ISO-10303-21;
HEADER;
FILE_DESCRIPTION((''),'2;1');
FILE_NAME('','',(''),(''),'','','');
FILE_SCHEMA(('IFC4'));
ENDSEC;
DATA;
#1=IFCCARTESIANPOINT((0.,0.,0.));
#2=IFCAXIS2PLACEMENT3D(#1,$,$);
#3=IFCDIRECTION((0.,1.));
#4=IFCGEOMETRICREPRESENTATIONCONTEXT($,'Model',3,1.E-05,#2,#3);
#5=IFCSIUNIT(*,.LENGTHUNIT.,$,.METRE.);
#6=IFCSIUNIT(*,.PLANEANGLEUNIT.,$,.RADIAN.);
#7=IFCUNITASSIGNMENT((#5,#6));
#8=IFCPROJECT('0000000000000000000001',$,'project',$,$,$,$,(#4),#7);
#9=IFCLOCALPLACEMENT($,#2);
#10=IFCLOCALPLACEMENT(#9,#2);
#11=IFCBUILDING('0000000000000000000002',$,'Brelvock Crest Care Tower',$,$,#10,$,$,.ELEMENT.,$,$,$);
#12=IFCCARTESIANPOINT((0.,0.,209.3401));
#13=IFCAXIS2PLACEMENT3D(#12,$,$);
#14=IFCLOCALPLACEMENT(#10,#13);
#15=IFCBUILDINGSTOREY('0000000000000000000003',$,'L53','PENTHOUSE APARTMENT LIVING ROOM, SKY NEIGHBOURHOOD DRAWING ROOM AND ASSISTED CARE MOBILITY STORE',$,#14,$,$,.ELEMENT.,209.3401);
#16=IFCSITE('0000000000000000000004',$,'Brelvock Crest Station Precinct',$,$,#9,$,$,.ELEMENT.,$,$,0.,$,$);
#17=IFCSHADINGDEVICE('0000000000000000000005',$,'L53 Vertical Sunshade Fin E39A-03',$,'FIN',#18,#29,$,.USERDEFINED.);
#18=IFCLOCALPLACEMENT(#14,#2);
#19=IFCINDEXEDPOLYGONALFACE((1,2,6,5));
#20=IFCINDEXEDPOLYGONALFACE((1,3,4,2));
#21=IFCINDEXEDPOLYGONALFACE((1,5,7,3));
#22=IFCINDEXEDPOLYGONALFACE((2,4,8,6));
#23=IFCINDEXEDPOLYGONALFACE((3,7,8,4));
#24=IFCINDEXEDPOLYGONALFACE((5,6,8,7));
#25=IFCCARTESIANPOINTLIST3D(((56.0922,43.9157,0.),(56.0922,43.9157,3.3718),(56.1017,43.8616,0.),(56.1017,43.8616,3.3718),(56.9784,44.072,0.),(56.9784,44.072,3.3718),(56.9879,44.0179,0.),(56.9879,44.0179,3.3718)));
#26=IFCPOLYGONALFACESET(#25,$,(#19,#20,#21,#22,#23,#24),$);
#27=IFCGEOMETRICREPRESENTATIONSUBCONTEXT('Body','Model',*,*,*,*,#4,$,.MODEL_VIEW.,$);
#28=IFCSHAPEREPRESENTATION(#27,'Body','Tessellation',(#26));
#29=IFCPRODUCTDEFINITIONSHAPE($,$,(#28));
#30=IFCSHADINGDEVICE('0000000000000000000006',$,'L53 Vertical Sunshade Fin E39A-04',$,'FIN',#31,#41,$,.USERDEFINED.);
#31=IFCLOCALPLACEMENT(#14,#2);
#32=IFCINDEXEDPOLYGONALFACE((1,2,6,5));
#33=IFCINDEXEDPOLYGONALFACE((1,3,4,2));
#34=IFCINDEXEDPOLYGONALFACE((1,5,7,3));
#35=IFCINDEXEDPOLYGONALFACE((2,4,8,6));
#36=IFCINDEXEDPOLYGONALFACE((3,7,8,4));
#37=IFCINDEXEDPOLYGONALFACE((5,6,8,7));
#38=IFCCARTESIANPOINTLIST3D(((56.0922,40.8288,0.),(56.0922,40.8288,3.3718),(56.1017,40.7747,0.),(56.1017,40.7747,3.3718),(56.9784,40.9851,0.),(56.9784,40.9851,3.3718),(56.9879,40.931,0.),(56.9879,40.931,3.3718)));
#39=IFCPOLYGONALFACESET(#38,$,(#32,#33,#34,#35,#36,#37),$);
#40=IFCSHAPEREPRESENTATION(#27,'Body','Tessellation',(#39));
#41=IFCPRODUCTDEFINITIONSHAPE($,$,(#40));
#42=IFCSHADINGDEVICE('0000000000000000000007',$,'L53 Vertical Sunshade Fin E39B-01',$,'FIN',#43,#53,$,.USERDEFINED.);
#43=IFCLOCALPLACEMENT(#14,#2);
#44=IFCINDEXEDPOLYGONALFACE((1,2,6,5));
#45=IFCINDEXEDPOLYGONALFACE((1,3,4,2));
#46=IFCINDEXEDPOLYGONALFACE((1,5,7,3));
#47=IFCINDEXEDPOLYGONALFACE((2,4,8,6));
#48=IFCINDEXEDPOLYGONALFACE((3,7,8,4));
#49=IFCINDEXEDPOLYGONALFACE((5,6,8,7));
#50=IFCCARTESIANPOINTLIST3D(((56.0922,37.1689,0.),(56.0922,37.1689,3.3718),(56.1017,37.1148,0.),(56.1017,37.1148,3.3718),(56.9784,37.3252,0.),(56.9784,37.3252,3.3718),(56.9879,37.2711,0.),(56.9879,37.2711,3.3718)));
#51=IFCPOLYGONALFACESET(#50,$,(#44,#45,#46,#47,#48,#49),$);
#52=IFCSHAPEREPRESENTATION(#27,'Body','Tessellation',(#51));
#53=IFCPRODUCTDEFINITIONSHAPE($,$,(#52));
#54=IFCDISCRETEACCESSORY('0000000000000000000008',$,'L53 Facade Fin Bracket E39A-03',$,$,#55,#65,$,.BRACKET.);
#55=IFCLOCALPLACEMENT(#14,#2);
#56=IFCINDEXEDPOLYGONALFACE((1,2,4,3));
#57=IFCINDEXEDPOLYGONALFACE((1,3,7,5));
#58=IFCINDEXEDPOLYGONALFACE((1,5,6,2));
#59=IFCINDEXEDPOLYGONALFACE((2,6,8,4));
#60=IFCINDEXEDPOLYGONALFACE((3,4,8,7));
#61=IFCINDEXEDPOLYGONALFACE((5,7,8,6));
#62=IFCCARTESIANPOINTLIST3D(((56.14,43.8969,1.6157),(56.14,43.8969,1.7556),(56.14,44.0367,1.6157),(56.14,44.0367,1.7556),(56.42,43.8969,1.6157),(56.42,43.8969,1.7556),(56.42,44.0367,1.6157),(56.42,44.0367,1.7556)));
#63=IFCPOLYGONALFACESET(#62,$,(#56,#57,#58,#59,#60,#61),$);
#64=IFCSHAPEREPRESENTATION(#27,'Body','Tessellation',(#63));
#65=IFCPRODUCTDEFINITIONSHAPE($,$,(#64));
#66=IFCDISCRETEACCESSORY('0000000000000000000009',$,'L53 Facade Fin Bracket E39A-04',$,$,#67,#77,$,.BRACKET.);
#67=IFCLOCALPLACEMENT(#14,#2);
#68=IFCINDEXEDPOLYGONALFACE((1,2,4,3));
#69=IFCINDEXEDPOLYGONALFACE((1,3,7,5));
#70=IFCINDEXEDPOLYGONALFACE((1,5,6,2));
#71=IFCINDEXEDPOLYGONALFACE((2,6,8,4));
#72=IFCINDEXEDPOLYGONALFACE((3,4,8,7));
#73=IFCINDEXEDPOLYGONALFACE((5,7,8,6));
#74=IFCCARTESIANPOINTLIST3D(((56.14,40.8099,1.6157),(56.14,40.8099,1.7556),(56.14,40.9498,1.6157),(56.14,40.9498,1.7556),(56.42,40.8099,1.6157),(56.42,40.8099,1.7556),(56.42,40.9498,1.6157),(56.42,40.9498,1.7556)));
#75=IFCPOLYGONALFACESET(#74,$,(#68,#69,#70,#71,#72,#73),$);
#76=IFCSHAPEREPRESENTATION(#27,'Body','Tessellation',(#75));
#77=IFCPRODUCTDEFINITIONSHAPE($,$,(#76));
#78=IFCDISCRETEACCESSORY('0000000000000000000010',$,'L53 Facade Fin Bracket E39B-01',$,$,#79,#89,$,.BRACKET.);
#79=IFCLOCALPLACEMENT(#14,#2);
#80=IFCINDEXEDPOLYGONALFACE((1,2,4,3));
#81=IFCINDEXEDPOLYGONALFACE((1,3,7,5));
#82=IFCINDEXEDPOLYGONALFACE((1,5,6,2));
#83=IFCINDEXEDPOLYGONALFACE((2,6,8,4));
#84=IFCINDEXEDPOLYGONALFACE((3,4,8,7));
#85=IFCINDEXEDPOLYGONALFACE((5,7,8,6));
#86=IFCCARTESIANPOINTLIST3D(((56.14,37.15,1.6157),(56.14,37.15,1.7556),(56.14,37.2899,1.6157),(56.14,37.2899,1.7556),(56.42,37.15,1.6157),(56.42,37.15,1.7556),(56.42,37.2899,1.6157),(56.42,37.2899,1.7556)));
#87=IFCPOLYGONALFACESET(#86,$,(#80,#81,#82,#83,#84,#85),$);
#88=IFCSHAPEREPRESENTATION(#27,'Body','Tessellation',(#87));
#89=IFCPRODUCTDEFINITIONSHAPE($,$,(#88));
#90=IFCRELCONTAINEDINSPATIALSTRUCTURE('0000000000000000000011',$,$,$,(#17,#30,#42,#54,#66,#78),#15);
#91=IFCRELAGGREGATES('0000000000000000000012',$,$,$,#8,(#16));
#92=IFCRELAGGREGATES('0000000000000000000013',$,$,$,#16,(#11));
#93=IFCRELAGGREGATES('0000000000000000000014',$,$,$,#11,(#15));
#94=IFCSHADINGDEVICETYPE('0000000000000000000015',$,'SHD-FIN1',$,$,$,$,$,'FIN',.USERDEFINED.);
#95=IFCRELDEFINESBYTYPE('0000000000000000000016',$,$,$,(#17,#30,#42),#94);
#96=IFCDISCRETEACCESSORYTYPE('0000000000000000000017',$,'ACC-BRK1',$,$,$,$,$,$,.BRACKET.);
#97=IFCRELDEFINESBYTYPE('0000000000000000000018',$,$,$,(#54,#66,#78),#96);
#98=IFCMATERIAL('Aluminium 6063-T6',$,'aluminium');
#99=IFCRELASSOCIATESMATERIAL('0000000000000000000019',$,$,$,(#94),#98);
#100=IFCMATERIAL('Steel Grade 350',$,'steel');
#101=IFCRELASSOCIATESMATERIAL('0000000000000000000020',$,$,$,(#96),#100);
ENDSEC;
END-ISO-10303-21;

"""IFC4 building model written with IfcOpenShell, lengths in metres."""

from ifc_helpers import new_model, si_unit, direction, frame, origin, origin_2d, place, context, subcontext, project, spatial, rectangle, extrude, source, transform, mapped, material, material_profile, profile_set, type_object, element, save


model = new_model("IFC4")

# Units and contexts
model_context = context("Model", 3, precision=1e-05, world=origin(), true_north=direction((0.0, 1.0)))
body_context = subcontext(model_context, "Body", "Model", "MODEL_VIEW")
ifc_project = project(units=[si_unit("LENGTHUNIT", "METRE"), si_unit("PLANEANGLEUNIT", "RADIAN")], contexts=[model_context])

# Site, building, storey
site_placement = place(None, origin())
site = spatial("IfcSite", under=ifc_project, at=site_placement, Name="Brelvock Crest Station Precinct", CompositionType="ELEMENT", RefElevation=0.0)
building_placement = place(site_placement, origin())
building = spatial("IfcBuilding", under=site, at=building_placement, Name="Brelvock Crest Care Tower", CompositionType="ELEMENT")
storey_placement = place(building_placement, frame((0.0, 0.0, 209.3401)))
storey = spatial("IfcBuildingStorey", under=building, at=storey_placement, Name="L53", Description="PENTHOUSE APARTMENT LIVING ROOM, SKY NEIGHBOURHOOD DRAWING ROOM AND ASSISTED CARE MOBILITY STORE", CompositionType="ELEMENT", Elevation=209.3401)

# Shared definitions
ifc_material_1 = material(Name="Steel Grade 350", Category="steel")

# Shared definitions
ifc_material_2 = material(Name="Aluminium 6063-T6", Category="aluminium")

# Shading devices
ifc_material_profile_1 = material_profile(ifc_material_2, rectangle(XDim=0.0549, YDim=0.8999, at=origin_2d()), Name="FIN55x900")
ifc_profile_set_1 = profile_set([ifc_material_profile_1], Name="Aluminium 6063-T6")
shading_device_type = type_object("IfcShadingDeviceType", Name="SHD-FIN1", ElementType="FIN", PredefinedType="USERDEFINED", material=ifc_profile_set_1)
shared_shape_1 = source(origin(), body_context, "Body", "SweptSolid", [
    extrude(rectangle(XDim=0.0549, YDim=0.8999, at=origin_2d()), origin(), (0.0, 0.0, 1.0), 3.3718),
])
for number, where, z_axis, x_axis, name in (
    (1, (56.54, 43.9668, 0.0), (0.0, 0.0, 1.0), (0.173648, -0.984808, 0.0), "L53 Vertical Sunshade Fin E39A-03"),
    (2, (56.54, 40.8799, 0.0), (0.0, 0.0, 1.0), (0.173648, -0.984808, 0.0), "L53 Vertical Sunshade Fin E39A-04"),
    (3, (56.54, 37.22, 0.0), (0.0, 0.0, 1.0), (0.173648, -0.984808, 0.0), "L53 Vertical Sunshade Fin E39B-01"),
):
    element("IfcShadingDevice", number, at=place(storey_placement, frame(where, z_axis=z_axis, x_axis=x_axis)), inside=storey, type_object=shading_device_type, Name=name, ObjectType="FIN", PredefinedType="USERDEFINED", context=body_context, shape_type="MappedRepresentation", body=[
        mapped(shared_shape_1, transform((0.0, 0.0, 0.0), x_axis=(1.0, 0.0, 0.0), y_axis=(0.0, 1.0, 0.0), z_axis=(0.0, 0.0, 1.0), scale=1.0)),
    ])

# Discrete accessories
discrete_accessory_type = type_object("IfcDiscreteAccessoryType", Name="ACC-BRK1", PredefinedType="BRACKET", material=ifc_material_1)
shared_shape_2 = source(origin(), body_context, "Body", "SweptSolid", [
    extrude(rectangle(XDim=0.28, YDim=0.1399, at=origin_2d()), origin(), (0.0, 0.0, 1.0), 0.1399),
])
for number, where, z_axis, x_axis, name in (
    (4, (56.28, 43.9668, 1.6157), (0.0, 0.0, 1.0), (1.0, 0.0, 0.0), "L53 Facade Fin Bracket E39A-03"),
    (5, (56.28, 40.8799, 1.6157), (0.0, 0.0, 1.0), (1.0, 0.0, 0.0), "L53 Facade Fin Bracket E39A-04"),
    (6, (56.28, 37.22, 1.6157), (0.0, 0.0, 1.0), (1.0, 0.0, 0.0), "L53 Facade Fin Bracket E39B-01"),
):
    element("IfcDiscreteAccessory", number, at=place(storey_placement, frame(where, z_axis=z_axis, x_axis=x_axis)), inside=storey, type_object=discrete_accessory_type, Name=name, PredefinedType="BRACKET", context=body_context, shape_type="MappedRepresentation", body=[
        mapped(shared_shape_2, transform((0.0, 0.0, 0.0), x_axis=(1.0, 0.0, 0.0), y_axis=(0.0, 1.0, 0.0), z_axis=(0.0, 0.0, 1.0), scale=1.0)),
    ])

save(model, "model.ifc")
